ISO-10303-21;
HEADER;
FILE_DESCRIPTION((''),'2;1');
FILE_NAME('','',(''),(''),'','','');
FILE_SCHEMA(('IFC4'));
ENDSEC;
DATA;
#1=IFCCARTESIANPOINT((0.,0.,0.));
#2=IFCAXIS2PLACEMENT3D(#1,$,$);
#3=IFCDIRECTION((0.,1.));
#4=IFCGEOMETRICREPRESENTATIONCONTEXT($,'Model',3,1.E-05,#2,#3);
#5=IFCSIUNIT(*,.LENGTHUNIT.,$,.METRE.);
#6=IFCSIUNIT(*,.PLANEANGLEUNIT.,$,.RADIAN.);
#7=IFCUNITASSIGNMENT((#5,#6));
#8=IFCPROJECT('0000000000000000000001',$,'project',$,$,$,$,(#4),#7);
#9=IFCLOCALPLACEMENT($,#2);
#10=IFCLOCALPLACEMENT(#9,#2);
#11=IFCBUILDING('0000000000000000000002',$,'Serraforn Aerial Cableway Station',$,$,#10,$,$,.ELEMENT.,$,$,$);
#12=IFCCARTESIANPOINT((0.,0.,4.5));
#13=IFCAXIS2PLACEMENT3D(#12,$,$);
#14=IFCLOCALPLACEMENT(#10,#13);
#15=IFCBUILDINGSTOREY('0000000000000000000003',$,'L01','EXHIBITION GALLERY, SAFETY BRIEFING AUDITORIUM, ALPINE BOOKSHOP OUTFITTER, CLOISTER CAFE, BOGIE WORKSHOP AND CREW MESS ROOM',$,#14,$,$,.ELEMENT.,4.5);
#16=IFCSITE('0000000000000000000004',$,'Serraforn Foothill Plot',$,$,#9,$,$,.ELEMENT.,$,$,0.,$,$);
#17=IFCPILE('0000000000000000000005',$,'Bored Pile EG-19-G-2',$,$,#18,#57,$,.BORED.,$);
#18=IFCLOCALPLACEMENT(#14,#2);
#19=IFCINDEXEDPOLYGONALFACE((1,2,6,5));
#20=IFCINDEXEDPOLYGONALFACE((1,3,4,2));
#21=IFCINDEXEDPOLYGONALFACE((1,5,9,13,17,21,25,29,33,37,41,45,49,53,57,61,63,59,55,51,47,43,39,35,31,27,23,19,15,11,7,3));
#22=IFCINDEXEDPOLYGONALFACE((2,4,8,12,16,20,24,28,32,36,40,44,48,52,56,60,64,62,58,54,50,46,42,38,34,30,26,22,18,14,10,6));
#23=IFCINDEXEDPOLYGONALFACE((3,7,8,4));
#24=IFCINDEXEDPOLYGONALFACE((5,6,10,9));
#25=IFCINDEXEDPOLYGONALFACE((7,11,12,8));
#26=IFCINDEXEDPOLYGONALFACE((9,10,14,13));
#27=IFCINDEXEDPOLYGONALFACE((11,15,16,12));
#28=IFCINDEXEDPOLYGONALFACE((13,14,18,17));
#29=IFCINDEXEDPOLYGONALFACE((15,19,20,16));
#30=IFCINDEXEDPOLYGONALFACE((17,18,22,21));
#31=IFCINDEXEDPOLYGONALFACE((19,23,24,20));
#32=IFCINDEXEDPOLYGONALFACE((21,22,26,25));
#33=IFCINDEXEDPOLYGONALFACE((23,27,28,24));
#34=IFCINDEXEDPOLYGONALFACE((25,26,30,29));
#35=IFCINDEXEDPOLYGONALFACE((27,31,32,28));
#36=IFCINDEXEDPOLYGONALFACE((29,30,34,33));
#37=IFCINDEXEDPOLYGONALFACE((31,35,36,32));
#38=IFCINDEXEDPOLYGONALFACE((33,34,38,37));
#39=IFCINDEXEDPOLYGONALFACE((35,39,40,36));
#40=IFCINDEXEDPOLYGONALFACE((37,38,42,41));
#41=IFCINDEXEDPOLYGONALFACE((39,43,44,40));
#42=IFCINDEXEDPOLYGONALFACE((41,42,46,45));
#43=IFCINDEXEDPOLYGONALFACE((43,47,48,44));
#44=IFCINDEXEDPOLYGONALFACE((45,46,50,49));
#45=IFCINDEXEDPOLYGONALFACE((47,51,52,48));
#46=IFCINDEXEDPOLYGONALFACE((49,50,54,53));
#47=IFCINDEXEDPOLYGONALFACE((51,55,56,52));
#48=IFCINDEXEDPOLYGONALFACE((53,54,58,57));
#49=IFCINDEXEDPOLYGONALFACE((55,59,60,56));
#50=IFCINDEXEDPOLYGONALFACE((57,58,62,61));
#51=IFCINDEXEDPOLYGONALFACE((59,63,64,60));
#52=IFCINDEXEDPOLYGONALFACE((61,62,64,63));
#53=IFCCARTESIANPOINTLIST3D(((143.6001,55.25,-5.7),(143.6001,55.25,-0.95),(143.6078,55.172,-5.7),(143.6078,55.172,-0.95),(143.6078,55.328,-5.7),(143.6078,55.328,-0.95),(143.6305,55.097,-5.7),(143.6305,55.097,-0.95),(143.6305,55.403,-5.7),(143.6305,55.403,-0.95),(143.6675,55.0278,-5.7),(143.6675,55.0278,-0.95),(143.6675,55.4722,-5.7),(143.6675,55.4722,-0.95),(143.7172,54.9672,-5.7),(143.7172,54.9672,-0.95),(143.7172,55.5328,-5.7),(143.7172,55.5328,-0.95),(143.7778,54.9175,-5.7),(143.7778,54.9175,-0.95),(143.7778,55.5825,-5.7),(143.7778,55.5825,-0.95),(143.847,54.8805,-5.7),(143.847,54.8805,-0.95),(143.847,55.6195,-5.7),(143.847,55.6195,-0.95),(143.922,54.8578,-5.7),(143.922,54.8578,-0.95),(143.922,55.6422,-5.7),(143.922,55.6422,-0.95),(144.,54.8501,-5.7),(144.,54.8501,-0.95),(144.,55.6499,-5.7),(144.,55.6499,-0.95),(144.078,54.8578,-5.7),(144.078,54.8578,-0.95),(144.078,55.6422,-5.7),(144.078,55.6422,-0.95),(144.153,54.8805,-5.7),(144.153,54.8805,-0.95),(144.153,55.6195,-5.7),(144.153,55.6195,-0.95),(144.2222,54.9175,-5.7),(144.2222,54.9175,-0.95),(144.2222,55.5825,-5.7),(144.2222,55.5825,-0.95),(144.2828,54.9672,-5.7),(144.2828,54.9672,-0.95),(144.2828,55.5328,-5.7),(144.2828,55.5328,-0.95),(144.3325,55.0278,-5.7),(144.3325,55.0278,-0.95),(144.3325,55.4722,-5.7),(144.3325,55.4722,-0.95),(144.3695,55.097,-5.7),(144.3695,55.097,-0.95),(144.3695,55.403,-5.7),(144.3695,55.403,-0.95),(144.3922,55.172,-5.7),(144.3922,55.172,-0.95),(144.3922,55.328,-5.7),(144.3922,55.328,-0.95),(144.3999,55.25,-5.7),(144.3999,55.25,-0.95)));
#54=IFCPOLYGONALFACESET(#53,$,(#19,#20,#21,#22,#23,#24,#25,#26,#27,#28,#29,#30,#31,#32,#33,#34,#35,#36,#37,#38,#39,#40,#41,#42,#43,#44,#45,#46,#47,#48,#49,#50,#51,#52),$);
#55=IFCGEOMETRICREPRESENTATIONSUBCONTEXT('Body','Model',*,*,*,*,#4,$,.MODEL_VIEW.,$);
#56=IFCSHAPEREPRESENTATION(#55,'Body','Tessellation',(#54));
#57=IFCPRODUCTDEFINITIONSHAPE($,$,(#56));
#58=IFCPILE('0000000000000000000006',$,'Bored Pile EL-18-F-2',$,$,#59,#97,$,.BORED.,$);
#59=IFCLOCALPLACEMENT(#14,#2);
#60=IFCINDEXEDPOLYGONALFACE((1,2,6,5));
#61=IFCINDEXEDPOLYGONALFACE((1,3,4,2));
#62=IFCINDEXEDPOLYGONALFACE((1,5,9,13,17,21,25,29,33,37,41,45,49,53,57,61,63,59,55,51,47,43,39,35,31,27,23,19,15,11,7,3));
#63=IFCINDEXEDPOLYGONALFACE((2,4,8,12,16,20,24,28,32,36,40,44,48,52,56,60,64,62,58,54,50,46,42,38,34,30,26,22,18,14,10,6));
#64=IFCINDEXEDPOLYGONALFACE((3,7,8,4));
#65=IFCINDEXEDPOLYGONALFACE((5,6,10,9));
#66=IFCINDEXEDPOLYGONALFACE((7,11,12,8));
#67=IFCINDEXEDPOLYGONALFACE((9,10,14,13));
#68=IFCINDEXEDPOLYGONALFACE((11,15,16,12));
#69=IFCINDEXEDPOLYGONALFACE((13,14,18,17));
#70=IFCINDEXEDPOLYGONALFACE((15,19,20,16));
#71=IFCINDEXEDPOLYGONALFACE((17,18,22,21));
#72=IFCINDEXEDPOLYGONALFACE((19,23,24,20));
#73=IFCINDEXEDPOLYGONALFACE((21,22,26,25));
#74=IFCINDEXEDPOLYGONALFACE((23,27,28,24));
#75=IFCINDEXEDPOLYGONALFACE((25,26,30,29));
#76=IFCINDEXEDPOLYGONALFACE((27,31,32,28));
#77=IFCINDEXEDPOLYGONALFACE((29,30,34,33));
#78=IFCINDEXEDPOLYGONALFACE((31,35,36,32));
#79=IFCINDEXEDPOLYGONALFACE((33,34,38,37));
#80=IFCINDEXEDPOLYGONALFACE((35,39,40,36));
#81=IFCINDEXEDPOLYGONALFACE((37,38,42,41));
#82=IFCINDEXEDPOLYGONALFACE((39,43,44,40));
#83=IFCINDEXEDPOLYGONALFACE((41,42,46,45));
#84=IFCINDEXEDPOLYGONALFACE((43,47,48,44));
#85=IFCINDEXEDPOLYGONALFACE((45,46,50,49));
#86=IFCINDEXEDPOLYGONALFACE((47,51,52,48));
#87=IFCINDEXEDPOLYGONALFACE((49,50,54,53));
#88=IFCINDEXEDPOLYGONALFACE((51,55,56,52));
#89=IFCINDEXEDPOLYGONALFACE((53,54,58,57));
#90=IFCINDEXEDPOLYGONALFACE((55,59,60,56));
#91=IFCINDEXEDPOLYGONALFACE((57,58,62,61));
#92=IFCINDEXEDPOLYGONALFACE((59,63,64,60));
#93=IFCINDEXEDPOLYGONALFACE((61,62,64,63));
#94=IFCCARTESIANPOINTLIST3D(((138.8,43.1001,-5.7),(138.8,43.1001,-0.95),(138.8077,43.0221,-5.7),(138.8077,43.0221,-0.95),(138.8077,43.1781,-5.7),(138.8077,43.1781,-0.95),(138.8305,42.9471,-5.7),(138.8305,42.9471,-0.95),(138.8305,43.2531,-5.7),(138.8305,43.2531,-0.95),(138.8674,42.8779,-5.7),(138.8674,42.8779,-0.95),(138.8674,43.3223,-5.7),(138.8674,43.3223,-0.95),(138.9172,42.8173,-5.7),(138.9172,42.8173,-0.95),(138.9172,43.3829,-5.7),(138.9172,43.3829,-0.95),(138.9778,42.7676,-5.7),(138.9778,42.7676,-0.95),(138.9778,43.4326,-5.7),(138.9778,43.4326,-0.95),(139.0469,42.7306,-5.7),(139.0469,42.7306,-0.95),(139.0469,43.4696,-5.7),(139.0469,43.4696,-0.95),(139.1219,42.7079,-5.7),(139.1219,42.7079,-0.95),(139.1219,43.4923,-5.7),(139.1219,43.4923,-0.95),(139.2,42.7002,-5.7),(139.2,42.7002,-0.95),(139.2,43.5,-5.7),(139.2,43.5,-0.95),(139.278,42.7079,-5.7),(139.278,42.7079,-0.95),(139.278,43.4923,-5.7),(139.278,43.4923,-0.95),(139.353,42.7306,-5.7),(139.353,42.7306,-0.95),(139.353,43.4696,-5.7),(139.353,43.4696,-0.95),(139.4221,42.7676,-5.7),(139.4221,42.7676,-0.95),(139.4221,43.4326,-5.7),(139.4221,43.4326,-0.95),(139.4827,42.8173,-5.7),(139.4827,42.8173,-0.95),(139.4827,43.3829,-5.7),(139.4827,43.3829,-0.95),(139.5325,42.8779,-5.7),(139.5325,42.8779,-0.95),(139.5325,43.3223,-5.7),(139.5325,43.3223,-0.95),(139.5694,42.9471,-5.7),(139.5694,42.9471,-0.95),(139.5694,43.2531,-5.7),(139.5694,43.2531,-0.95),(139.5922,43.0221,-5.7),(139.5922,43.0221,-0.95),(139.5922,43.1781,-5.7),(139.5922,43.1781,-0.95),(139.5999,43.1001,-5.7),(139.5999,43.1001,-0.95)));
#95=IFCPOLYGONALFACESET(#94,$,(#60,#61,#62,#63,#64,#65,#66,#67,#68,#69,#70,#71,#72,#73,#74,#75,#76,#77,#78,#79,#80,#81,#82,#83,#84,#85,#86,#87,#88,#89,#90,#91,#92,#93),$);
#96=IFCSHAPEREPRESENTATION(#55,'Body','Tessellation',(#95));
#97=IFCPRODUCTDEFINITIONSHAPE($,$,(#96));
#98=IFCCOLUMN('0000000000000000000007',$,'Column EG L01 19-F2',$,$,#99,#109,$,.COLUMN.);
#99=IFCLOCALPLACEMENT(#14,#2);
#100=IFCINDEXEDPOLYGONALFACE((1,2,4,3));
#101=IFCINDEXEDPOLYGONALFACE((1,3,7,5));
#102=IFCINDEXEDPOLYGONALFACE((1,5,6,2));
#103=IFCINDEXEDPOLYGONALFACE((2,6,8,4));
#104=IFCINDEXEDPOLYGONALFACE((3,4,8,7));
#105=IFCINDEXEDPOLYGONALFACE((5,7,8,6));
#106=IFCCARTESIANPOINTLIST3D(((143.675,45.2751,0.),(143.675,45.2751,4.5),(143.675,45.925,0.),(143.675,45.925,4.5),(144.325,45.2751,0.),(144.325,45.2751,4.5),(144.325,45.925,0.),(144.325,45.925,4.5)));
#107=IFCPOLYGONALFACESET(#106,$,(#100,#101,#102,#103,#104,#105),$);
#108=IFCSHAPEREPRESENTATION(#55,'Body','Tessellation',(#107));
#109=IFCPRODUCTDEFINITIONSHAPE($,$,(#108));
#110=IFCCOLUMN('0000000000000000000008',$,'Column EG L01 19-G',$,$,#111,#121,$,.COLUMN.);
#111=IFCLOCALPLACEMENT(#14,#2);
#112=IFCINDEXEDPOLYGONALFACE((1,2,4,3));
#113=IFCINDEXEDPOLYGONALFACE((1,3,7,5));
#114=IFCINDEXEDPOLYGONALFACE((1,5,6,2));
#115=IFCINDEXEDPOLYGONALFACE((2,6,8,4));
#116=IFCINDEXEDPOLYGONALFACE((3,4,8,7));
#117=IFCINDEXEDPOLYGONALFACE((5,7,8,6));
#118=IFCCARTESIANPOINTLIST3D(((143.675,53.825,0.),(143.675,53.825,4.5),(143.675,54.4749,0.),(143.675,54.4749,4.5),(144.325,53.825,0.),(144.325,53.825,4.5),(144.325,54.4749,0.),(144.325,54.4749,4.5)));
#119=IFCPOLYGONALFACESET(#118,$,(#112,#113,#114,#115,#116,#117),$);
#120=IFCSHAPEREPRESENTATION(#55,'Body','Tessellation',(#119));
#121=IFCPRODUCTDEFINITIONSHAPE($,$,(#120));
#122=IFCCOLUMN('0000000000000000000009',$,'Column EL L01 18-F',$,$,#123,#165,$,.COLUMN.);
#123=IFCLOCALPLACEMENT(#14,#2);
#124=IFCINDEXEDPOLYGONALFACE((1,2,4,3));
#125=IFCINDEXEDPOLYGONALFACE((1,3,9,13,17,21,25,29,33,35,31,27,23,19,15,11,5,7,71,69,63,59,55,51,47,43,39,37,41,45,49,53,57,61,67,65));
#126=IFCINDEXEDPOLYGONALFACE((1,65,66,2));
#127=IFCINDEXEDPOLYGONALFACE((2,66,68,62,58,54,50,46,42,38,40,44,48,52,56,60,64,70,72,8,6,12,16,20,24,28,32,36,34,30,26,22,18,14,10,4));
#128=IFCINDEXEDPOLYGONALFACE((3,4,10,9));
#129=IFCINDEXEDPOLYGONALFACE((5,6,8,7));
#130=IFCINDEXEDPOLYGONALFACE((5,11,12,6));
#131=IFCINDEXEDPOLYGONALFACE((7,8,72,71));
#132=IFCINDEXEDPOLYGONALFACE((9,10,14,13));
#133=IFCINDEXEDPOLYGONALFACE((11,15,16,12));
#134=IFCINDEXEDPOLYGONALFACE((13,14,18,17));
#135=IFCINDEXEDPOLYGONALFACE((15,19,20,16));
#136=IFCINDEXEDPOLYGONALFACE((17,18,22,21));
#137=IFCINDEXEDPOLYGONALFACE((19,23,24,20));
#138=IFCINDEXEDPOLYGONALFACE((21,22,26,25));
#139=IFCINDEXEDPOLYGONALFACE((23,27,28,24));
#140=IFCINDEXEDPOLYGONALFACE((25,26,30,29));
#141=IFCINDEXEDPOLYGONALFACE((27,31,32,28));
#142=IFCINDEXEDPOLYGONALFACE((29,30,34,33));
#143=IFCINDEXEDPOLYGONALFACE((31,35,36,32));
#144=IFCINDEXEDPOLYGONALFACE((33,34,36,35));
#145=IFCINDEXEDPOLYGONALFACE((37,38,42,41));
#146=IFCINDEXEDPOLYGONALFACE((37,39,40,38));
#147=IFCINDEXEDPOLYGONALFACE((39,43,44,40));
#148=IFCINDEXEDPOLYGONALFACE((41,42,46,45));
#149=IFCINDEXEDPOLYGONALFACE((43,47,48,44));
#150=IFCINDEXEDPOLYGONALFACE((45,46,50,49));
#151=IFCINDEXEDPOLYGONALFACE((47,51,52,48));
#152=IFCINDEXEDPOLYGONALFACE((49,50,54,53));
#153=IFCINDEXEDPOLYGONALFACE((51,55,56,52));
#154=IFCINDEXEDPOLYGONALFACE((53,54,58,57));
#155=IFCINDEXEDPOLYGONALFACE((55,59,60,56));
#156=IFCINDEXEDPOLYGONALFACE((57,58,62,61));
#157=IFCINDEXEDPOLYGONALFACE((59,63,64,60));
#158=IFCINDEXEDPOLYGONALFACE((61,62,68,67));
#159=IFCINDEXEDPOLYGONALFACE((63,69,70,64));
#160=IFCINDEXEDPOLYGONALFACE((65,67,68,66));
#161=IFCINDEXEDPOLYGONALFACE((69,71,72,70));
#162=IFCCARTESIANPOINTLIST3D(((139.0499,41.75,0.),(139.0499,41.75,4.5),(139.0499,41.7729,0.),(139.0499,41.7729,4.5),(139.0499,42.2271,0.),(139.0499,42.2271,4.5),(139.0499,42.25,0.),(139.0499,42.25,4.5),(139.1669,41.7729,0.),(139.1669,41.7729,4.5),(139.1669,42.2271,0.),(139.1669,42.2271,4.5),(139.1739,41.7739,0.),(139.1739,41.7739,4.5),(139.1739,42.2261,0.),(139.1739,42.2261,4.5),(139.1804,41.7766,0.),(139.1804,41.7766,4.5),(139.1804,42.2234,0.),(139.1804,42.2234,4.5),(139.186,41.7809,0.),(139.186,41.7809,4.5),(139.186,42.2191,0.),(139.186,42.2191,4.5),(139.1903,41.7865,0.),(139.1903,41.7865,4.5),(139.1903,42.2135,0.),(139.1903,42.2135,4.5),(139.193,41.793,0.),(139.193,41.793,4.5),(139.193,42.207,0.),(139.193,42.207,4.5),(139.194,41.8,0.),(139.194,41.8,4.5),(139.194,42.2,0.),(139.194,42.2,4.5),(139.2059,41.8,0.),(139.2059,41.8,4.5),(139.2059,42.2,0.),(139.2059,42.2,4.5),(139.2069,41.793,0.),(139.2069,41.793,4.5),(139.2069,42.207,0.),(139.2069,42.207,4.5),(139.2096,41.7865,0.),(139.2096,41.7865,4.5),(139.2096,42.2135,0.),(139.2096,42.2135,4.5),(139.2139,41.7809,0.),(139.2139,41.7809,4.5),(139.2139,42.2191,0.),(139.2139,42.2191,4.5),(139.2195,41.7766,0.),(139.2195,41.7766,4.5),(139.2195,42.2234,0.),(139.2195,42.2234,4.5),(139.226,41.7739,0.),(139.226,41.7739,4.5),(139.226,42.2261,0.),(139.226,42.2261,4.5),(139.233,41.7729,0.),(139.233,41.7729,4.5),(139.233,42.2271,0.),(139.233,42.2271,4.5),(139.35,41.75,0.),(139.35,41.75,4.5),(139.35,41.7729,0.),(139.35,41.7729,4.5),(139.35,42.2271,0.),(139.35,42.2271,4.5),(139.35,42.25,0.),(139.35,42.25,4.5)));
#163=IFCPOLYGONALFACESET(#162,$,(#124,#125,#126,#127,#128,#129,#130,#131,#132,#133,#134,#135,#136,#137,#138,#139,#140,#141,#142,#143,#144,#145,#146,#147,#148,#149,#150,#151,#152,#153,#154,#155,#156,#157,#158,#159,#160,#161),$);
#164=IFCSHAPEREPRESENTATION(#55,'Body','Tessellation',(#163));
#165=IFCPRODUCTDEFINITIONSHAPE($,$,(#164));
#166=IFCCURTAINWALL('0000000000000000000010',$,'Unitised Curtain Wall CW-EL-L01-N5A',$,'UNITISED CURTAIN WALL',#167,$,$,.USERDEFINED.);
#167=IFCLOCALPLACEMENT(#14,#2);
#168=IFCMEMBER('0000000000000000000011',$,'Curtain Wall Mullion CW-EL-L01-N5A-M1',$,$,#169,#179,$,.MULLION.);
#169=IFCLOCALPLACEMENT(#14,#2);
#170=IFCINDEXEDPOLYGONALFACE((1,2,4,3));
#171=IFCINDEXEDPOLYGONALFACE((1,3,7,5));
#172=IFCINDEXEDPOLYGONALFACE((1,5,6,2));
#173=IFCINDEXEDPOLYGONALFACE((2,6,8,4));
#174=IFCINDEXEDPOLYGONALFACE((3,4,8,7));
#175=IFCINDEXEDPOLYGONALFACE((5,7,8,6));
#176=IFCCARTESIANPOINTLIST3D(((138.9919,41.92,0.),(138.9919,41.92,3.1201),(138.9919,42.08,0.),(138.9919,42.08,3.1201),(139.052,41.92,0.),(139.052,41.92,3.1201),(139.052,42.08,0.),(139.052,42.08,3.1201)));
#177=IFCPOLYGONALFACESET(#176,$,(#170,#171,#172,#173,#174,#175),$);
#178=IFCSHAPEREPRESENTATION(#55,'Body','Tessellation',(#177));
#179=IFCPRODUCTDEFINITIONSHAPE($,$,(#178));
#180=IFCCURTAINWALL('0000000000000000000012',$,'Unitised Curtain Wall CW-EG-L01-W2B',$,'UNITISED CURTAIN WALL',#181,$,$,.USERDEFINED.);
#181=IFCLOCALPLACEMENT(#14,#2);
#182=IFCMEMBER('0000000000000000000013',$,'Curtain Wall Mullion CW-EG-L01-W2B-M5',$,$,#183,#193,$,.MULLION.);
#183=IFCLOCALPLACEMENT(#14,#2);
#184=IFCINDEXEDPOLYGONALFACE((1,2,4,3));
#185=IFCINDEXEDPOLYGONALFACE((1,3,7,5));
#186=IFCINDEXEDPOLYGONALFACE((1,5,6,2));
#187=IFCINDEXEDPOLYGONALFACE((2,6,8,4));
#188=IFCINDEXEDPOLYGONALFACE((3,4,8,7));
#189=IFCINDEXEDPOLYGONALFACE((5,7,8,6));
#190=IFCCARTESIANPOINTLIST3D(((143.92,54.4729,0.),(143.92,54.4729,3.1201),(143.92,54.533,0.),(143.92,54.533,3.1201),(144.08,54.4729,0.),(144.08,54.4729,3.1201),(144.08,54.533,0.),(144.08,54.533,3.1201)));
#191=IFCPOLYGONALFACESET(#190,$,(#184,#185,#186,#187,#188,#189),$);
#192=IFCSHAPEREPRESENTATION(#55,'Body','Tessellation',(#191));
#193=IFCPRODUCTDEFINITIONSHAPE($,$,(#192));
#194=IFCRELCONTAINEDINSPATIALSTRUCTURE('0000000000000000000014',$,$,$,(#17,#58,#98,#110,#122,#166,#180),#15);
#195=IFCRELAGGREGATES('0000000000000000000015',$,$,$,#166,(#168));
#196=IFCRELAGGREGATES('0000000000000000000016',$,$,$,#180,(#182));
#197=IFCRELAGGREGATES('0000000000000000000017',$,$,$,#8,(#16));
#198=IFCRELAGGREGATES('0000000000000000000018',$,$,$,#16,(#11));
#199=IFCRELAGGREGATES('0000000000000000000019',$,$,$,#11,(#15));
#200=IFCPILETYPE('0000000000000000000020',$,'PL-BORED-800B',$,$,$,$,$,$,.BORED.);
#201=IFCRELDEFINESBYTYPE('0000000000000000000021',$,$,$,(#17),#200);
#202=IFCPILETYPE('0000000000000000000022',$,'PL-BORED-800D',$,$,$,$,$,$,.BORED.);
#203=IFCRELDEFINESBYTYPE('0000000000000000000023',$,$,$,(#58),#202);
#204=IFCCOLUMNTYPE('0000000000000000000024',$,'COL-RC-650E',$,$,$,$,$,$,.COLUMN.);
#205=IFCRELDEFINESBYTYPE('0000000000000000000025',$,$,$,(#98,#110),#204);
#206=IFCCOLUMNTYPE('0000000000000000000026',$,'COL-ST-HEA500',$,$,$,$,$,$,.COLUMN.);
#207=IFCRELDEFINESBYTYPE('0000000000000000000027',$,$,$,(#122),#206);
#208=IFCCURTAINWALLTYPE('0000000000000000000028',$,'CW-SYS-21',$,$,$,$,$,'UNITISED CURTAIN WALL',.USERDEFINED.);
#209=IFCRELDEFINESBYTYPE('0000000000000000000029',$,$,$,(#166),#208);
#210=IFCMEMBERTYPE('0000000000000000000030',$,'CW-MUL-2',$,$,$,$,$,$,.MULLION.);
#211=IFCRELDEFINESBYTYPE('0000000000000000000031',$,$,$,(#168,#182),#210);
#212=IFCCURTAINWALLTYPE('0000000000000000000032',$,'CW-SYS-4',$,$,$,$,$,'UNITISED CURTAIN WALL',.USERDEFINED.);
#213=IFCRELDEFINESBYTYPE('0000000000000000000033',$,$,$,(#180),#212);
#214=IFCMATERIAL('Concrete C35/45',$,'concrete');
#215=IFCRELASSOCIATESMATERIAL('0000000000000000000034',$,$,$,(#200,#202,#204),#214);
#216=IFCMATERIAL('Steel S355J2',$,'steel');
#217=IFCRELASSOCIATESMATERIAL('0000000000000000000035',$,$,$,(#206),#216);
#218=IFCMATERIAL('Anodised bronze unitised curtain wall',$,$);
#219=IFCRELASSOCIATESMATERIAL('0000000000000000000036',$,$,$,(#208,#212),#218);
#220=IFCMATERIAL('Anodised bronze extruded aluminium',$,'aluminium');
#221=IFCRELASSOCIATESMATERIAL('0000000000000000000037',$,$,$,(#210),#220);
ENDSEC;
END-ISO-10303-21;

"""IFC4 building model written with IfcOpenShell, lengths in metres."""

from ifc_helpers import new_model, si_unit, direction, frame, origin, origin_2d, place, context, subcontext, project, spatial, rectangle, circle, i_section, extrude, material, material_profile, profile_set, type_object, element, aggregate, save


model = new_model("IFC4")

# Units and contexts
model_context = context("Model", 3, precision=1e-05, world=origin(), true_north=direction((0.0, 1.0)))
body_context = subcontext(model_context, "Body", "Model", "MODEL_VIEW")
ifc_project = project(units=[si_unit("LENGTHUNIT", "METRE"), si_unit("PLANEANGLEUNIT", "RADIAN")], contexts=[model_context])

# Site, building, storey
site_placement = place(None, origin())
site = spatial("IfcSite", under=ifc_project, at=site_placement, Name="Serraforn Foothill Plot", CompositionType="ELEMENT", RefElevation=0.0)
building_placement = place(site_placement, origin())
building = spatial("IfcBuilding", under=site, at=building_placement, Name="Serraforn Aerial Cableway Station", CompositionType="ELEMENT")
storey_placement = place(building_placement, frame((0.0, 0.0, 4.5)))
storey = spatial("IfcBuildingStorey", under=building, at=storey_placement, Name="L01", Description="EXHIBITION GALLERY, SAFETY BRIEFING AUDITORIUM, ALPINE BOOKSHOP OUTFITTER, CLOISTER CAFE, BOGIE WORKSHOP AND CREW MESS ROOM", CompositionType="ELEMENT", Elevation=4.5)

# Shared definitions
ifc_material_1 = material(Name="Concrete C35/45", Category="concrete")

# Piles
ifc_material_profile_1 = material_profile(ifc_material_1, circle(Radius=0.3999, at=origin_2d()), Name="BORED PILE D800")
ifc_profile_set_1 = profile_set([ifc_material_profile_1], Name="Concrete C35/45")
pile_type_1 = type_object("IfcPileType", Name="PL-BORED-800B", PredefinedType="BORED", material=ifc_profile_set_1)
for number, where, z_axis, x_axis, name in (
    (1, (144.0, 55.25, -0.95), (0.0, 0.0, -1.0), (1.0, 0.0, 0.0), "Bored Pile EG-19-G-2"),
):
    element("IfcPile", number, at=place(storey_placement, frame(where, z_axis=z_axis, x_axis=x_axis)), inside=storey, type_object=pile_type_1, Name=name, PredefinedType="BORED", context=body_context, shape_type="SweptSolid", body=[
        extrude(circle(Radius=0.3999, at=origin_2d()), origin(), (0.0, 0.0, 1.0), 4.75),
    ])
ifc_material_profile_2 = material_profile(ifc_material_1, circle(Radius=0.3999, at=origin_2d()), Name="BORED PILE D800")
ifc_profile_set_2 = profile_set([ifc_material_profile_2], Name="Concrete C35/45")
pile_type_2 = type_object("IfcPileType", Name="PL-BORED-800D", PredefinedType="BORED", material=ifc_profile_set_2)
pile_placement = place(storey_placement, frame((139.2, 43.1001, -0.95), z_axis=(0.0, 0.0, -1.0), x_axis=(1.0, 0.0, 0.0)))
element("IfcPile", 2, at=pile_placement, inside=storey, type_object=pile_type_2, Name="Bored Pile EL-18-F-2", PredefinedType="BORED", context=body_context, shape_type="SweptSolid", body=[
    extrude(circle(Radius=0.3999, at=origin_2d()), origin(), (0.0, 0.0, 1.0), 4.75),
])

# Columns
ifc_material_profile_3 = material_profile(ifc_material_1, rectangle(XDim=0.6499, YDim=0.6499, at=origin_2d()), Name="RC 650x650")
ifc_profile_set_3 = profile_set([ifc_material_profile_3], Name="Concrete C35/45")
column_type_1 = type_object("IfcColumnType", Name="COL-RC-650E", PredefinedType="COLUMN", material=ifc_profile_set_3)
for number, where, z_axis, x_axis, name in (
    (3, (144.0, 45.6001, 0.0), (0.0, 0.0, 1.0), (1.0, 0.0, 0.0), "Column EG L01 19-F2"),
    (4, (144.0, 54.1499, 0.0), (0.0, 0.0, 1.0), (1.0, 0.0, 0.0), "Column EG L01 19-G"),
):
    element("IfcColumn", number, at=place(storey_placement, frame(where, z_axis=z_axis, x_axis=x_axis)), inside=storey, type_object=column_type_1, Name=name, PredefinedType="COLUMN", context=body_context, shape_type="SweptSolid", body=[
        extrude(rectangle(XDim=0.6499, YDim=0.6499, at=origin_2d()), origin(), (0.0, 0.0, 1.0), 4.5),
    ])
ifc_material_2 = material(Name="Steel S355J2", Category="steel")
ifc_material_profile_4 = material_profile(ifc_material_2, i_section(OverallWidth=0.3, OverallDepth=0.5, WebThickness=0.012, FlangeThickness=0.0229, FilletRadius=0.0271, at=origin_2d()), Name="HEA 500")
ifc_profile_set_4 = profile_set([ifc_material_profile_4], Name="Steel S355J2")
column_type_2 = type_object("IfcColumnType", Name="COL-ST-HEA500", PredefinedType="COLUMN", material=ifc_profile_set_4)
column_placement = place(storey_placement, frame((139.2, 42.0, 0.0), z_axis=(0.0, 0.0, 1.0), x_axis=(1.0, 0.0, 0.0)))
element("IfcColumn", 5, at=column_placement, inside=storey, type_object=column_type_2, Name="Column EL L01 18-F", PredefinedType="COLUMN", context=body_context, shape_type="SweptSolid", body=[
    extrude(i_section(OverallWidth=0.3, OverallDepth=0.5, WebThickness=0.012, FlangeThickness=0.0229, FilletRadius=0.0271, at=origin_2d()), origin(), (0.0, 0.0, 1.0), 4.5),
])

# Curtain walls, members
ifc_material_3 = material(Name="Anodised bronze unitised curtain wall")
curtain_wall_type_1 = type_object("IfcCurtainWallType", Name="CW-SYS-21", ElementType="UNITISED CURTAIN WALL", PredefinedType="USERDEFINED", material=ifc_material_3)
curtain_wall_1_placement = place(storey_placement, origin())
curtain_wall_1 = element("IfcCurtainWall", 6, at=curtain_wall_1_placement, inside=storey, type_object=curtain_wall_type_1, Name="Unitised Curtain Wall CW-EL-L01-N5A", ObjectType="UNITISED CURTAIN WALL", PredefinedType="USERDEFINED")
ifc_material_4 = material(Name="Anodised bronze extruded aluminium", Category="aluminium")
ifc_material_profile_5 = material_profile(ifc_material_4, rectangle(XDim=0.0601, YDim=0.1599, at=origin_2d()), Name="CW MULLION 60x160")
ifc_profile_set_5 = profile_set([ifc_material_profile_5], Name="Anodised bronze extruded aluminium")
member_type_1 = type_object("IfcMemberType", Name="CW-MUL-2", PredefinedType="MULLION", material=ifc_profile_set_5)
member_1_placement = place(storey_placement, frame((139.022, 42.0, 0.0), z_axis=(0.0, 0.0, 1.0), x_axis=(-1.0, 0.0, 0.0)))
member_1 = element("IfcMember", 7, at=member_1_placement, type_object=member_type_1, Name="Curtain Wall Mullion CW-EL-L01-N5A-M1", PredefinedType="MULLION", context=body_context, shape_type="SweptSolid", body=[
    extrude(rectangle(XDim=0.0601, YDim=0.1599, at=origin_2d()), origin(), (0.0, 0.0, 1.0), 3.1201),
])
curtain_wall_type_2 = type_object("IfcCurtainWallType", Name="CW-SYS-4", ElementType="UNITISED CURTAIN WALL", PredefinedType="USERDEFINED", material=ifc_material_3)
curtain_wall_2_placement = place(storey_placement, origin())
curtain_wall_2 = element("IfcCurtainWall", 8, at=curtain_wall_2_placement, inside=storey, type_object=curtain_wall_type_2, Name="Unitised Curtain Wall CW-EG-L01-W2B", ObjectType="UNITISED CURTAIN WALL", PredefinedType="USERDEFINED")
member_2_placement = place(storey_placement, frame((144.0, 54.5029, 0.0), z_axis=(0.0, 0.0, 1.0), x_axis=(0.0, -1.0, 0.0)))
member_2 = element("IfcMember", 9, at=member_2_placement, type_object=member_type_1, Name="Curtain Wall Mullion CW-EG-L01-W2B-M5", PredefinedType="MULLION", context=body_context, shape_type="SweptSolid", body=[
    extrude(rectangle(XDim=0.0601, YDim=0.1599, at=origin_2d()), origin(), (0.0, 0.0, 1.0), 3.1201),
])

aggregate(curtain_wall_1, [member_1])
aggregate(curtain_wall_2, [member_2])

save(model, "model.ifc")
